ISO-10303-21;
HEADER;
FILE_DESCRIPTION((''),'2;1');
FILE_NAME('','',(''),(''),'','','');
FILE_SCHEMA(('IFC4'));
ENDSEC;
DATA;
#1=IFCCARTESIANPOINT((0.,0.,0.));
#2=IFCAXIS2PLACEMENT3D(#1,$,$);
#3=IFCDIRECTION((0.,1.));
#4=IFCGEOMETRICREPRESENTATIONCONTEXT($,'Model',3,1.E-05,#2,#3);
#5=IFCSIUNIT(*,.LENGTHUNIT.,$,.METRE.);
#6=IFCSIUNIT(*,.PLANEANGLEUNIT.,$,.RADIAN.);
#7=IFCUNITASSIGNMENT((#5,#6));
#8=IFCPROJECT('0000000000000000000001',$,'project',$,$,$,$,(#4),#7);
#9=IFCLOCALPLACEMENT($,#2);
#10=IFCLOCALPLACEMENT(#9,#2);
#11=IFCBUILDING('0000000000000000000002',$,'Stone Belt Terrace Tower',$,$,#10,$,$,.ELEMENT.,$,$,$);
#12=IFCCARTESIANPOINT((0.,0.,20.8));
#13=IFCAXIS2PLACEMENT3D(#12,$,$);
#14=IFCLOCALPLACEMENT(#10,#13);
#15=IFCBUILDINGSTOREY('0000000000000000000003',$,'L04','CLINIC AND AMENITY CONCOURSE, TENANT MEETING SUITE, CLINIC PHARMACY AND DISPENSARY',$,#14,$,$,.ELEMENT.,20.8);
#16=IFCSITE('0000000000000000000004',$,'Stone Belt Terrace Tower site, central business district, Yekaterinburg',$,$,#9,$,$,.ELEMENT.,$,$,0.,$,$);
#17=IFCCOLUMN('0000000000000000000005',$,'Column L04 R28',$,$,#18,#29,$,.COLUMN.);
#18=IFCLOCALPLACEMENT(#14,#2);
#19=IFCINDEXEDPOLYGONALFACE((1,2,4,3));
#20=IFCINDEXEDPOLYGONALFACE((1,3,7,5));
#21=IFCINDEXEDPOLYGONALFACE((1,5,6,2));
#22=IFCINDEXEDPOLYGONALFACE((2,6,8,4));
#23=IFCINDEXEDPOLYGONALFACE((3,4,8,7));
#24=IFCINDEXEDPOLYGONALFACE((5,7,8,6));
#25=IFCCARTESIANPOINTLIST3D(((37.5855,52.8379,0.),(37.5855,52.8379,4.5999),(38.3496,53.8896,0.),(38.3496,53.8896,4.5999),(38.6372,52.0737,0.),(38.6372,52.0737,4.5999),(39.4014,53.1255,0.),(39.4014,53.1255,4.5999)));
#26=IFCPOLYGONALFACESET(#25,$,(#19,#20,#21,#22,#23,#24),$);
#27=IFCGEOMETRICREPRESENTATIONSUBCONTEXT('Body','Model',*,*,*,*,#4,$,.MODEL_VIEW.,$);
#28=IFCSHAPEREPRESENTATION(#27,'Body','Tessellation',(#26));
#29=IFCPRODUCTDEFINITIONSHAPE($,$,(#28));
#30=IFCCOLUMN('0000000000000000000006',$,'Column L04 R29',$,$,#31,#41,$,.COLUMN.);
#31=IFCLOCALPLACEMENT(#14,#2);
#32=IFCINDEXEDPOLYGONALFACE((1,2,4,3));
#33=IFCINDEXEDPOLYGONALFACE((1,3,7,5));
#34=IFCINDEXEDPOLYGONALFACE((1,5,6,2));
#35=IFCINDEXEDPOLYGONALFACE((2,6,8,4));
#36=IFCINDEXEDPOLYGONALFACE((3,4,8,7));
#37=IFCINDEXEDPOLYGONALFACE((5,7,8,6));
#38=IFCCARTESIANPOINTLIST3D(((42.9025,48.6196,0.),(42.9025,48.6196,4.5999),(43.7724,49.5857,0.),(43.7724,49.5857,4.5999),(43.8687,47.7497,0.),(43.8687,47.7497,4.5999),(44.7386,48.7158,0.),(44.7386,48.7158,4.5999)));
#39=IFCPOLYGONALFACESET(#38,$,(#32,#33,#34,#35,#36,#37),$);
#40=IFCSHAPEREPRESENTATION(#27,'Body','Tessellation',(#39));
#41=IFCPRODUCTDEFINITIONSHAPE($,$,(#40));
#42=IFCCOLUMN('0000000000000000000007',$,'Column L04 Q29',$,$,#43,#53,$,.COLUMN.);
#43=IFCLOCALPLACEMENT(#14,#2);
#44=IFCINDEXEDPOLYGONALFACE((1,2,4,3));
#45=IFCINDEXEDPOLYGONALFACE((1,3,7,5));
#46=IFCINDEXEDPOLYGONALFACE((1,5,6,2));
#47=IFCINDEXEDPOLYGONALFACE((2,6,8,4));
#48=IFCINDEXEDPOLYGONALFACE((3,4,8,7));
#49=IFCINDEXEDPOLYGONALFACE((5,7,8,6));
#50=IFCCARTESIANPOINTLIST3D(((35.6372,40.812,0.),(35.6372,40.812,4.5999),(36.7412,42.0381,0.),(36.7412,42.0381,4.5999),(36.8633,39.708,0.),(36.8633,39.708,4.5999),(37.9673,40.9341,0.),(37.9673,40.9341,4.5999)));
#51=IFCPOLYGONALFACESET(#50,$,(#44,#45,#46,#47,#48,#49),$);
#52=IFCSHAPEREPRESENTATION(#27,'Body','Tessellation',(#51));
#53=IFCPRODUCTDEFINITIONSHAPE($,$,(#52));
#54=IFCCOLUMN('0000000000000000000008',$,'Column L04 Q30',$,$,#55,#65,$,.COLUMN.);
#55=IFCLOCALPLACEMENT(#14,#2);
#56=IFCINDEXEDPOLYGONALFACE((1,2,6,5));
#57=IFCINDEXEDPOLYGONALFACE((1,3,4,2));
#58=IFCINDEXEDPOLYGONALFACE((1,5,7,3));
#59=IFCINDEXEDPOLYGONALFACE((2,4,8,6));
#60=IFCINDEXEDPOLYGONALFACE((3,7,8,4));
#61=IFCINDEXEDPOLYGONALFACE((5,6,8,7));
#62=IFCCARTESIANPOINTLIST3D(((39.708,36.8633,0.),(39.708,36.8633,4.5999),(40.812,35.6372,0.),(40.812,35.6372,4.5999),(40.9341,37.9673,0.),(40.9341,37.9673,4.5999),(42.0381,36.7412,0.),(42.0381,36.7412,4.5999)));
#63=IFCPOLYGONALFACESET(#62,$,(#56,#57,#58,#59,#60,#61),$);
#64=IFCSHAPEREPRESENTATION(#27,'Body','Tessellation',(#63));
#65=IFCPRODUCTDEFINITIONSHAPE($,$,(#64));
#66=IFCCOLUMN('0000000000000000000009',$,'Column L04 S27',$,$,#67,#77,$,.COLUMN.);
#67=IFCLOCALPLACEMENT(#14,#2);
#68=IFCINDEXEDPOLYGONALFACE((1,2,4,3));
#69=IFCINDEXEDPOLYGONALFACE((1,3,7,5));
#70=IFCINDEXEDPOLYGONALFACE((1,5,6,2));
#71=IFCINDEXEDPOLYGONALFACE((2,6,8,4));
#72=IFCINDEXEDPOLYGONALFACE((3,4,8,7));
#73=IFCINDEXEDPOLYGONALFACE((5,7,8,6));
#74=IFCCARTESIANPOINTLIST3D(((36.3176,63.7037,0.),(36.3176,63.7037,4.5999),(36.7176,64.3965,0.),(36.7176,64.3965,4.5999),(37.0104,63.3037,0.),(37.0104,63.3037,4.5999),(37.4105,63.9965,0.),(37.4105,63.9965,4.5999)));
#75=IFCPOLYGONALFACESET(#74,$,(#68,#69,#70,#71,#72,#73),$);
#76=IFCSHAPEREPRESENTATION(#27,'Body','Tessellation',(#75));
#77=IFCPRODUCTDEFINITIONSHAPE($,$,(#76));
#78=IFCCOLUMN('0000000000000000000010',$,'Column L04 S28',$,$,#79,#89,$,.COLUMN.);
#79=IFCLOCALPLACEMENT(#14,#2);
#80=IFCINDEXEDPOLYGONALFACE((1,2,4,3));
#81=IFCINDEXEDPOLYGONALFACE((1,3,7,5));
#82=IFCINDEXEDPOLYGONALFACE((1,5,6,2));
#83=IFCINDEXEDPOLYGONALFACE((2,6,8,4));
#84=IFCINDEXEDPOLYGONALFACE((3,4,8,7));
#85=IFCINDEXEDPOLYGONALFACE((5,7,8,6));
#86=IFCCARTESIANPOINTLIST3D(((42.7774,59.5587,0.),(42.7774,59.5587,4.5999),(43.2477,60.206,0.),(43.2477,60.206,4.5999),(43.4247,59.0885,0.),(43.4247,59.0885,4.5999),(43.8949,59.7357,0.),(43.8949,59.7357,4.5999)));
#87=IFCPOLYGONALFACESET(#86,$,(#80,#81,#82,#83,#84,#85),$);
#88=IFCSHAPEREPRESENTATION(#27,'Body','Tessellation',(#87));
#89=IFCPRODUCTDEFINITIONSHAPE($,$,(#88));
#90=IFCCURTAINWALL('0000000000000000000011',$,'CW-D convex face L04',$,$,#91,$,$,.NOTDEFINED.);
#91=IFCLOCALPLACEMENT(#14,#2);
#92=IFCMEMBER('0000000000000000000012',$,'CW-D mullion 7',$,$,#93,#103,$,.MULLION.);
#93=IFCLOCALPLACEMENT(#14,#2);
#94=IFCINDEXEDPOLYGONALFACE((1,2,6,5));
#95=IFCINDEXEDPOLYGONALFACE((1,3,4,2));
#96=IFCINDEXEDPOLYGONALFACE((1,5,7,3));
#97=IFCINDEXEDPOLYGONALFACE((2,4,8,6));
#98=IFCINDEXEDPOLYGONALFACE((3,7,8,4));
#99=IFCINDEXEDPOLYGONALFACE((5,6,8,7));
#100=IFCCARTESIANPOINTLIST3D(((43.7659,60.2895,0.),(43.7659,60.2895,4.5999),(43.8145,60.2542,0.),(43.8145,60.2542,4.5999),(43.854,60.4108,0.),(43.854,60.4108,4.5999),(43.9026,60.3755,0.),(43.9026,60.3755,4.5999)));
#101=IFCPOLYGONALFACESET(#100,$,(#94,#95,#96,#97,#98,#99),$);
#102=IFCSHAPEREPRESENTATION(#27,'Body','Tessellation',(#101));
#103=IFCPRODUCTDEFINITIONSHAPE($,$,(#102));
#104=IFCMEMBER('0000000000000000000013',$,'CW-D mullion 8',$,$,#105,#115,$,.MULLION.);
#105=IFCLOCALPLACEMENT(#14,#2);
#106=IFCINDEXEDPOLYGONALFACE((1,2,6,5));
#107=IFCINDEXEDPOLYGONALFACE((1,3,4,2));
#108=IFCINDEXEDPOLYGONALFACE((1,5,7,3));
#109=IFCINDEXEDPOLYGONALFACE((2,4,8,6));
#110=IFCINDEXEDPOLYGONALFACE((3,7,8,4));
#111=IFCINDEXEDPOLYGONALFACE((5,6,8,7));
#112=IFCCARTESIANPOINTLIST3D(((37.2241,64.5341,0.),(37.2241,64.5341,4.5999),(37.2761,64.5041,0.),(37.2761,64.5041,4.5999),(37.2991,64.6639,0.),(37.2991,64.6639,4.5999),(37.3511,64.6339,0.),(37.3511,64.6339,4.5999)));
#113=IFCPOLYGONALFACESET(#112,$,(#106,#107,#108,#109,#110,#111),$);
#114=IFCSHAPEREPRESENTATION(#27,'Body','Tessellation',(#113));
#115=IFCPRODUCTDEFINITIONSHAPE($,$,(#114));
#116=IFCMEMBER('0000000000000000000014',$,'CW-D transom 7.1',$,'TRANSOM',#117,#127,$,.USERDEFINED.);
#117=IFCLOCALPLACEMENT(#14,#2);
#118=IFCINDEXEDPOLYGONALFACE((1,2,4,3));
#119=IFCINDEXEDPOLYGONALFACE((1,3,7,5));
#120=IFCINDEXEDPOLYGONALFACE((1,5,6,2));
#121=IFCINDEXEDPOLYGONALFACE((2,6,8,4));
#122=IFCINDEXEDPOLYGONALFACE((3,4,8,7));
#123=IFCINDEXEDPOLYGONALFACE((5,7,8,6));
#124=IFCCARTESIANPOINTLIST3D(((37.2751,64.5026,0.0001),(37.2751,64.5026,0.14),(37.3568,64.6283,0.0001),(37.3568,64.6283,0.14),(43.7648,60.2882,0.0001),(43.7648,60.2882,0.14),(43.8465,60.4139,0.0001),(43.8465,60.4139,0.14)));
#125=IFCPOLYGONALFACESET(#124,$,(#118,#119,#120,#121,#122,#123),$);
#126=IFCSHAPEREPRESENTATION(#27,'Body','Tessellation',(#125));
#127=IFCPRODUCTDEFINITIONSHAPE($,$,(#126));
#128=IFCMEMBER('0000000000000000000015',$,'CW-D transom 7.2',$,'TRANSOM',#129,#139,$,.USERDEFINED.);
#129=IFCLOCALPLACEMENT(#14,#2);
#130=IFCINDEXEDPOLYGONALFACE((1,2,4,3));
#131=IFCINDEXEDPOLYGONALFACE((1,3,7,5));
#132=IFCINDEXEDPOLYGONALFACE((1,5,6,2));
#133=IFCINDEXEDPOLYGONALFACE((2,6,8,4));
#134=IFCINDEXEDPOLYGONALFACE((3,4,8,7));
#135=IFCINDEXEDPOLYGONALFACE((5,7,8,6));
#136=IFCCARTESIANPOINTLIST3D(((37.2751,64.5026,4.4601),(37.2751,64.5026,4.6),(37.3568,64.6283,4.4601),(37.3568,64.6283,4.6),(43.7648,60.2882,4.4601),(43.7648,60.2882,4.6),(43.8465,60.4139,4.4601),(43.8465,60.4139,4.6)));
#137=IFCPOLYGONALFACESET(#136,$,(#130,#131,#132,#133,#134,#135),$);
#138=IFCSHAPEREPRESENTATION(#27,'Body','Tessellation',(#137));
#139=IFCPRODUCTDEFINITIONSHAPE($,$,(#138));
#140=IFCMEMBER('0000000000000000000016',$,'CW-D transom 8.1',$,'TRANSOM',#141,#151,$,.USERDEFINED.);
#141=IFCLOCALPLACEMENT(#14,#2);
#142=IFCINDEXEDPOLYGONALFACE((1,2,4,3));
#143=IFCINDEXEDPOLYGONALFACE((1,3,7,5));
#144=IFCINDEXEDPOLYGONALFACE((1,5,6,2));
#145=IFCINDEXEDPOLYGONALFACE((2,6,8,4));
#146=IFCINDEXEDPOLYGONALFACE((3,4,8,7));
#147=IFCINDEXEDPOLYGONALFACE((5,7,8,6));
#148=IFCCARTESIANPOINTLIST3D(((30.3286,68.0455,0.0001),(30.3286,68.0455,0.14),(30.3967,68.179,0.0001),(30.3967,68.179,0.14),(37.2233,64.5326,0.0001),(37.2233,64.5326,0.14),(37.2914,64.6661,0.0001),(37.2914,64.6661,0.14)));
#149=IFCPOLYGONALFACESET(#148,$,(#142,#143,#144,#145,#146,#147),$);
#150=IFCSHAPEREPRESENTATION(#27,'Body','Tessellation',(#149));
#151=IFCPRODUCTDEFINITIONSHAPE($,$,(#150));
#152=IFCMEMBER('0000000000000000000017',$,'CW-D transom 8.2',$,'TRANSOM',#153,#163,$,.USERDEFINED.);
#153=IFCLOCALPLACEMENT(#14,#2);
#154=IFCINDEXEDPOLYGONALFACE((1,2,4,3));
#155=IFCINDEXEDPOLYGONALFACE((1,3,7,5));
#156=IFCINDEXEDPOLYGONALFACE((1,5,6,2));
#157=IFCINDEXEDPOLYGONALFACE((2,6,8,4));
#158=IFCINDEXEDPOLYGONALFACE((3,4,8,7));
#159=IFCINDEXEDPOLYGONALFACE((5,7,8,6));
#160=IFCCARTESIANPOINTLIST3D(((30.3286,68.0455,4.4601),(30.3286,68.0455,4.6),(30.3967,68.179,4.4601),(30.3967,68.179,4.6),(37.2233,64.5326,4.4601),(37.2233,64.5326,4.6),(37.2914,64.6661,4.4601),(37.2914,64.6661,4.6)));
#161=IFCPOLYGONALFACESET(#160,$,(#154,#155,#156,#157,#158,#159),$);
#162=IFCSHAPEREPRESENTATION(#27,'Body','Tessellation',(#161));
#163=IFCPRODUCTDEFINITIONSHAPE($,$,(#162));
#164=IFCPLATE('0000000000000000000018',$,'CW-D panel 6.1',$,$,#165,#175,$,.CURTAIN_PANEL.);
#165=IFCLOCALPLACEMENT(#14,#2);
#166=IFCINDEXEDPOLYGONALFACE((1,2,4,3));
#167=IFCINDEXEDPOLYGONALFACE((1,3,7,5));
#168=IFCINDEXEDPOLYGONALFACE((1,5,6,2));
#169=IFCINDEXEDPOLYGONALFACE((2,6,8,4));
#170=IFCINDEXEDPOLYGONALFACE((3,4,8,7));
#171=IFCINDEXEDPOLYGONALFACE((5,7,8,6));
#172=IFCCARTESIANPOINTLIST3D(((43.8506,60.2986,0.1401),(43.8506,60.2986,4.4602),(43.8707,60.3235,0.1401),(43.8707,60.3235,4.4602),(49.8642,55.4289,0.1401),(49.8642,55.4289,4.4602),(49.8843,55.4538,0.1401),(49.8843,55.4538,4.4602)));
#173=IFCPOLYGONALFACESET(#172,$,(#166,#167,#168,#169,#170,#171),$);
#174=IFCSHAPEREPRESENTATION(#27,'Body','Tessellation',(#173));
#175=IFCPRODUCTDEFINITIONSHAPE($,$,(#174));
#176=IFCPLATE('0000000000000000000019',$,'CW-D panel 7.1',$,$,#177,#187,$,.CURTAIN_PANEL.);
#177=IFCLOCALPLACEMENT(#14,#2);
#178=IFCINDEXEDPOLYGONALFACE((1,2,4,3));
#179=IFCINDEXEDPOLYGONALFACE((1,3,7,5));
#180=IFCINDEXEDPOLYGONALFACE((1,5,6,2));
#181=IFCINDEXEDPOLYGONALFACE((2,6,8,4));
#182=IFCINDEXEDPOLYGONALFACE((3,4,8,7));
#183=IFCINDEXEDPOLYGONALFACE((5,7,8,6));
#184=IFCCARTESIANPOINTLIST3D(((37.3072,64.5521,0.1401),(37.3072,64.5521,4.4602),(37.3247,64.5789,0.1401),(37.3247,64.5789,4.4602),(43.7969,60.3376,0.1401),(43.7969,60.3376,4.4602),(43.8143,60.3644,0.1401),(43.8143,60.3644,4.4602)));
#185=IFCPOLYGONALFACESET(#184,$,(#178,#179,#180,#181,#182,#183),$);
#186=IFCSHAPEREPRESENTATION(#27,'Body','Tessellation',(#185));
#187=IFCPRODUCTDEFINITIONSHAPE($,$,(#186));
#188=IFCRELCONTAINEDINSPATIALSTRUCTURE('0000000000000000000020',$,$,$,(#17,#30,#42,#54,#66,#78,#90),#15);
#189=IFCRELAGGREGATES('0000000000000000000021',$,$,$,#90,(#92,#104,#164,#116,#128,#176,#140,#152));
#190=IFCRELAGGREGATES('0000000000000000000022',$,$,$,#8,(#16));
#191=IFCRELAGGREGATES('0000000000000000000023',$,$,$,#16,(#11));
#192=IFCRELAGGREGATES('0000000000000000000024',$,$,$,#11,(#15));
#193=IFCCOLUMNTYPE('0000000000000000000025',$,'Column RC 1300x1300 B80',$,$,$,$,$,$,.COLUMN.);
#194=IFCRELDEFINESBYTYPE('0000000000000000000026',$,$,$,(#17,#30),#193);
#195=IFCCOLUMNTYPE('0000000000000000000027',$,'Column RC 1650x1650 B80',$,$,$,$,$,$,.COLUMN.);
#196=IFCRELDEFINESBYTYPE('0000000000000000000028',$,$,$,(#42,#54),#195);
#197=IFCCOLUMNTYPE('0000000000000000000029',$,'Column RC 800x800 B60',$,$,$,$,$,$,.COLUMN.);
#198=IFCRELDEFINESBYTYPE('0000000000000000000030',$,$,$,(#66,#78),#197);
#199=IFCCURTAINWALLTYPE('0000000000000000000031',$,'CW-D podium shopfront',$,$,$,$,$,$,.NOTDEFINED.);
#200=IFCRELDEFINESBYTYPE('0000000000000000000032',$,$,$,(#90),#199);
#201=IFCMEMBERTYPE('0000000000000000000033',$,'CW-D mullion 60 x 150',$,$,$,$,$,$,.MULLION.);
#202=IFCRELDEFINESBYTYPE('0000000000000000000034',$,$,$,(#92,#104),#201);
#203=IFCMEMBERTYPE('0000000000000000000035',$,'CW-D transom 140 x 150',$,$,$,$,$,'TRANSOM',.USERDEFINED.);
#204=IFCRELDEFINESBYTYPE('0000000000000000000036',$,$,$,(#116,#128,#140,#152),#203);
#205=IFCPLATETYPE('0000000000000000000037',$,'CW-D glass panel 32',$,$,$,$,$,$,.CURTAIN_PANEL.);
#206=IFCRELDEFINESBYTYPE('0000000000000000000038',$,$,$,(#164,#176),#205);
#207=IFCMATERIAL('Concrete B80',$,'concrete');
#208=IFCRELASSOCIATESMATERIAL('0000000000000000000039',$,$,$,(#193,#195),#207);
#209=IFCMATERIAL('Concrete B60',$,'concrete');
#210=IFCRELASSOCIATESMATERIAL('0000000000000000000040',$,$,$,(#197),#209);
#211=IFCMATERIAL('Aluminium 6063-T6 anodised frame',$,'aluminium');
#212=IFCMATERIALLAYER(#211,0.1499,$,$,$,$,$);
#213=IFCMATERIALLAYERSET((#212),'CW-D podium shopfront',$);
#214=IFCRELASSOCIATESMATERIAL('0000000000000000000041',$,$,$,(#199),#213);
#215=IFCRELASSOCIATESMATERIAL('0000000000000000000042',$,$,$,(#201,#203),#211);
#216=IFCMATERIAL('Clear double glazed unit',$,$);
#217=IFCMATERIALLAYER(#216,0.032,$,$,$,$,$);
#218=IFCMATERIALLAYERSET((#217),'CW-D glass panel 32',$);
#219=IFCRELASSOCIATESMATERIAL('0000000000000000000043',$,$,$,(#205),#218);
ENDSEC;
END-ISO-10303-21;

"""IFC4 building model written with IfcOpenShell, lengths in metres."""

from ifc_helpers import new_model, si_unit, direction, frame, origin, origin_2d, place, context, subcontext, project, spatial, rectangle, extrude, material, layer, layer_set, material_profile, profile_set, type_object, element, aggregate, save


model = new_model("IFC4")

# Units and contexts
model_context = context("Model", 3, precision=1e-05, world=origin(), true_north=direction((0.0, 1.0)))
body_context = subcontext(model_context, "Body", "Model", "MODEL_VIEW")
ifc_project = project(units=[si_unit("LENGTHUNIT", "METRE"), si_unit("PLANEANGLEUNIT", "RADIAN")], contexts=[model_context])

# Site, building, storey
site_placement = place(None, origin())
site = spatial("IfcSite", under=ifc_project, at=site_placement, Name="Stone Belt Terrace Tower site, central business district, Yekaterinburg", CompositionType="ELEMENT", RefElevation=0.0)
building_placement = place(site_placement, origin())
building = spatial("IfcBuilding", under=site, at=building_placement, Name="Stone Belt Terrace Tower", CompositionType="ELEMENT")
storey_placement = place(building_placement, frame((0.0, 0.0, 20.8)))
storey = spatial("IfcBuildingStorey", under=building, at=storey_placement, Name="L04", Description="CLINIC AND AMENITY CONCOURSE, TENANT MEETING SUITE, CLINIC PHARMACY AND DISPENSARY", CompositionType="ELEMENT", Elevation=20.8)

# Columns
ifc_material_1 = material(Name="Concrete B80", Category="concrete")
ifc_material_profile_1 = material_profile(ifc_material_1, rectangle(XDim=1.3, YDim=1.3, at=origin_2d()), Name="RC 1300x1300")
ifc_profile_set_1 = profile_set([ifc_material_profile_1], Name="Concrete B80")
column_type_1 = type_object("IfcColumnType", Name="Column RC 1300x1300 B80", PredefinedType="COLUMN", material=ifc_profile_set_1)
for number, where, z_axis, x_axis, name in (
    (1, (38.4934, 52.9817, 0.0), (0.0, 0.0, 1.0), (0.809017, -0.587785, 0.0), "Column L04 R28"),
    (2, (43.8206, 48.6677, 0.0), (0.0, 0.0, 1.0), (0.743145, -0.669131, 0.0), "Column L04 R29"),
):
    element("IfcColumn", number, at=place(storey_placement, frame(where, z_axis=z_axis, x_axis=x_axis)), inside=storey, type_object=column_type_1, Name=name, PredefinedType="COLUMN", context=body_context, shape_type="SweptSolid", body=[
        extrude(rectangle(XDim=1.3, YDim=1.3, at=origin_2d()), origin(), (0.0, 0.0, 1.0), 4.5999),
    ])
ifc_material_profile_2 = material_profile(ifc_material_1, rectangle(XDim=1.6499, YDim=1.6499, at=origin_2d()), Name="RC 1650x1650")
ifc_profile_set_2 = profile_set([ifc_material_profile_2], Name="Concrete B80")
column_type_2 = type_object("IfcColumnType", Name="Column RC 1650x1650 B80", PredefinedType="COLUMN", material=ifc_profile_set_2)
for number, where, z_axis, x_axis, name in (
    (3, (36.8022, 40.873, 0.0), (0.0, 0.0, 1.0), (0.743145, -0.669131, 0.0), "Column L04 Q29"),
    (4, (40.873, 36.8022, 0.0), (0.0, 0.0, 1.0), (0.669131, -0.743145, 0.0), "Column L04 Q30"),
):
    element("IfcColumn", number, at=place(storey_placement, frame(where, z_axis=z_axis, x_axis=x_axis)), inside=storey, type_object=column_type_2, Name=name, PredefinedType="COLUMN", context=body_context, shape_type="SweptSolid", body=[
        extrude(rectangle(XDim=1.6499, YDim=1.6499, at=origin_2d()), origin(), (0.0, 0.0, 1.0), 4.5999),
    ])
ifc_material_2 = material(Name="Concrete B60", Category="concrete")
ifc_material_profile_3 = material_profile(ifc_material_2, rectangle(XDim=0.8, YDim=0.8, at=origin_2d()), Name="RC 800x800")
ifc_profile_set_3 = profile_set([ifc_material_profile_3], Name="Concrete B60")
column_type_3 = type_object("IfcColumnType", Name="Column RC 800x800 B60", PredefinedType="COLUMN", material=ifc_profile_set_3)
for number, where, z_axis, x_axis, name in (
    (5, (36.864, 63.8501, 0.0), (0.0, 0.0, 1.0), (0.866025, -0.5, 0.0), "Column L04 S27"),
    (6, (43.3362, 59.6472, 0.0), (0.0, 0.0, 1.0), (0.809017, -0.587785, 0.0), "Column L04 S28"),
):
    element("IfcColumn", number, at=place(storey_placement, frame(where, z_axis=z_axis, x_axis=x_axis)), inside=storey, type_object=column_type_3, Name=name, PredefinedType="COLUMN", context=body_context, shape_type="SweptSolid", body=[
        extrude(rectangle(XDim=0.8, YDim=0.8, at=origin_2d()), origin(), (0.0, 0.0, 1.0), 4.5999),
    ])

# Curtain wall, members, plates
ifc_material_3 = material(Name="Aluminium 6063-T6 anodised frame", Category="aluminium")
ifc_layer_1 = layer(ifc_material_3, 0.1499)
ifc_layer_set_1 = layer_set([ifc_layer_1], Name="CW-D podium shopfront")
curtain_wall_type = type_object("IfcCurtainWallType", Name="CW-D podium shopfront", PredefinedType="NOTDEFINED", material=ifc_layer_set_1)
curtain_wall_placement = place(storey_placement, origin())
curtain_wall = element("IfcCurtainWall", 7, at=curtain_wall_placement, inside=storey, type_object=curtain_wall_type, Name="CW-D convex face L04", PredefinedType="NOTDEFINED")
ifc_material_profile_4 = material_profile(ifc_material_3, rectangle(XDim=0.1499, YDim=0.0601, at=origin_2d()), Name="Aluminium 6063-T6 60x150")
ifc_profile_set_4 = profile_set([ifc_material_profile_4], Name="Aluminium 6063-T6 anodised frame")
member_type_1 = type_object("IfcMemberType", Name="CW-D mullion 60 x 150", PredefinedType="MULLION", material=ifc_profile_set_4)
member_1_placement = place(storey_placement, frame((43.8342, 60.3325, 0.0), z_axis=(0.0, 0.0, 1.0), x_axis=(-0.587785, -0.809017, 0.0)))
member_1 = element("IfcMember", 8, at=member_1_placement, type_object=member_type_1, Name="CW-D mullion 7", PredefinedType="MULLION", context=body_context, shape_type="SweptSolid", body=[
    extrude(rectangle(XDim=0.1499, YDim=0.0601, at=origin_2d()), origin(), (0.0, 0.0, 1.0), 4.5999),
])
member_2_placement = place(storey_placement, frame((37.2876, 64.584, 0.0), z_axis=(0.0, 0.0, 1.0), x_axis=(-0.5, -0.866025, 0.0)))
member_2 = element("IfcMember", 9, at=member_2_placement, type_object=member_type_1, Name="CW-D mullion 8", PredefinedType="MULLION", context=body_context, shape_type="SweptSolid", body=[
    extrude(rectangle(XDim=0.1499, YDim=0.0601, at=origin_2d()), origin(), (0.0, 0.0, 1.0), 4.5999),
])
ifc_material_profile_5 = material_profile(ifc_material_3, rectangle(XDim=0.1499, YDim=0.1399, at=origin_2d()), Name="Aluminium 6063-T6 150x140")
ifc_profile_set_5 = profile_set([ifc_material_profile_5], Name="Aluminium 6063-T6 anodised frame")
member_type_2 = type_object("IfcMemberType", Name="CW-D transom 140 x 150", ElementType="TRANSOM", PredefinedType="USERDEFINED", material=ifc_profile_set_5)
member_3_placement = place(storey_placement, frame((43.8057, 60.3511, 0.0701), z_axis=(-0.838679, 0.544627, 0.0), x_axis=(-0.544627, -0.838679, 0.0)))
member_3 = element("IfcMember", 10, at=member_3_placement, type_object=member_type_2, Name="CW-D transom 7.1", ObjectType="TRANSOM", PredefinedType="USERDEFINED", context=body_context, shape_type="SweptSolid", body=[
    extrude(rectangle(XDim=0.1499, YDim=0.1399, at=origin_2d()), origin(), (0.0, 0.0, 1.0), 7.738),
])
member_4_placement = place(storey_placement, frame((43.8057, 60.3511, 4.53), z_axis=(-0.838679, 0.544627, 0.0), x_axis=(-0.544627, -0.838679, 0.0)))
member_4 = element("IfcMember", 11, at=member_4_placement, type_object=member_type_2, Name="CW-D transom 7.2", ObjectType="TRANSOM", PredefinedType="USERDEFINED", context=body_context, shape_type="SweptSolid", body=[
    extrude(rectangle(XDim=0.1499, YDim=0.1399, at=origin_2d()), origin(), (0.0, 0.0, 1.0), 7.738),
])
member_5_placement = place(storey_placement, frame((37.2573, 64.5994, 0.0701), z_axis=(-0.891013, 0.453978, 0.0), x_axis=(-0.453978, -0.891013, 0.0)))
member_5 = element("IfcMember", 12, at=member_5_placement, type_object=member_type_2, Name="CW-D transom 8.1", ObjectType="TRANSOM", PredefinedType="USERDEFINED", context=body_context, shape_type="SweptSolid", body=[
    extrude(rectangle(XDim=0.1499, YDim=0.1399, at=origin_2d()), origin(), (0.0, 0.0, 1.0), 7.738),
])
member_6_placement = place(storey_placement, frame((37.2573, 64.5994, 4.53), z_axis=(-0.891013, 0.453978, 0.0), x_axis=(-0.453978, -0.891013, 0.0)))
member_6 = element("IfcMember", 13, at=member_6_placement, type_object=member_type_2, Name="CW-D transom 8.2", ObjectType="TRANSOM", PredefinedType="USERDEFINED", context=body_context, shape_type="SweptSolid", body=[
    extrude(rectangle(XDim=0.1499, YDim=0.1399, at=origin_2d()), origin(), (0.0, 0.0, 1.0), 7.738),
])
ifc_material_4 = material(Name="Clear double glazed unit")
ifc_layer_2 = layer(ifc_material_4, 0.032)
ifc_layer_set_2 = layer_set([ifc_layer_2], Name="CW-D glass panel 32")
plate_type = type_object("IfcPlateType", Name="CW-D glass panel 32", PredefinedType="CURTAIN_PANEL", material=ifc_layer_set_2)
plate_1_placement = place(storey_placement, frame((46.8674, 57.8762, 0.1401), z_axis=(0.0, 0.0, 1.0), x_axis=(-0.777146, 0.62932, 0.0)))
plate_1 = element("IfcPlate", 14, at=plate_1_placement, type_object=plate_type, Name="CW-D panel 6.1", PredefinedType="CURTAIN_PANEL", context=body_context, shape_type="SweptSolid", body=[
    extrude(rectangle(XDim=7.738, YDim=0.032, at=origin_2d()), origin(), (0.0, 0.0, 1.0), 4.3201),
])
plate_2_placement = place(storey_placement, frame((40.5608, 62.4583, 0.1401), z_axis=(0.0, 0.0, 1.0), x_axis=(-0.838671, 0.544639, 0.0)))
plate_2 = element("IfcPlate", 15, at=plate_2_placement, type_object=plate_type, Name="CW-D panel 7.1", PredefinedType="CURTAIN_PANEL", context=body_context, shape_type="SweptSolid", body=[
    extrude(rectangle(XDim=7.738, YDim=0.032, at=origin_2d()), origin(), (0.0, 0.0, 1.0), 4.3201),
])
aggregate(curtain_wall, [member_1, member_2, plate_1, member_3, member_4, plate_2, member_5, member_6])

save(model, "model.ifc")
